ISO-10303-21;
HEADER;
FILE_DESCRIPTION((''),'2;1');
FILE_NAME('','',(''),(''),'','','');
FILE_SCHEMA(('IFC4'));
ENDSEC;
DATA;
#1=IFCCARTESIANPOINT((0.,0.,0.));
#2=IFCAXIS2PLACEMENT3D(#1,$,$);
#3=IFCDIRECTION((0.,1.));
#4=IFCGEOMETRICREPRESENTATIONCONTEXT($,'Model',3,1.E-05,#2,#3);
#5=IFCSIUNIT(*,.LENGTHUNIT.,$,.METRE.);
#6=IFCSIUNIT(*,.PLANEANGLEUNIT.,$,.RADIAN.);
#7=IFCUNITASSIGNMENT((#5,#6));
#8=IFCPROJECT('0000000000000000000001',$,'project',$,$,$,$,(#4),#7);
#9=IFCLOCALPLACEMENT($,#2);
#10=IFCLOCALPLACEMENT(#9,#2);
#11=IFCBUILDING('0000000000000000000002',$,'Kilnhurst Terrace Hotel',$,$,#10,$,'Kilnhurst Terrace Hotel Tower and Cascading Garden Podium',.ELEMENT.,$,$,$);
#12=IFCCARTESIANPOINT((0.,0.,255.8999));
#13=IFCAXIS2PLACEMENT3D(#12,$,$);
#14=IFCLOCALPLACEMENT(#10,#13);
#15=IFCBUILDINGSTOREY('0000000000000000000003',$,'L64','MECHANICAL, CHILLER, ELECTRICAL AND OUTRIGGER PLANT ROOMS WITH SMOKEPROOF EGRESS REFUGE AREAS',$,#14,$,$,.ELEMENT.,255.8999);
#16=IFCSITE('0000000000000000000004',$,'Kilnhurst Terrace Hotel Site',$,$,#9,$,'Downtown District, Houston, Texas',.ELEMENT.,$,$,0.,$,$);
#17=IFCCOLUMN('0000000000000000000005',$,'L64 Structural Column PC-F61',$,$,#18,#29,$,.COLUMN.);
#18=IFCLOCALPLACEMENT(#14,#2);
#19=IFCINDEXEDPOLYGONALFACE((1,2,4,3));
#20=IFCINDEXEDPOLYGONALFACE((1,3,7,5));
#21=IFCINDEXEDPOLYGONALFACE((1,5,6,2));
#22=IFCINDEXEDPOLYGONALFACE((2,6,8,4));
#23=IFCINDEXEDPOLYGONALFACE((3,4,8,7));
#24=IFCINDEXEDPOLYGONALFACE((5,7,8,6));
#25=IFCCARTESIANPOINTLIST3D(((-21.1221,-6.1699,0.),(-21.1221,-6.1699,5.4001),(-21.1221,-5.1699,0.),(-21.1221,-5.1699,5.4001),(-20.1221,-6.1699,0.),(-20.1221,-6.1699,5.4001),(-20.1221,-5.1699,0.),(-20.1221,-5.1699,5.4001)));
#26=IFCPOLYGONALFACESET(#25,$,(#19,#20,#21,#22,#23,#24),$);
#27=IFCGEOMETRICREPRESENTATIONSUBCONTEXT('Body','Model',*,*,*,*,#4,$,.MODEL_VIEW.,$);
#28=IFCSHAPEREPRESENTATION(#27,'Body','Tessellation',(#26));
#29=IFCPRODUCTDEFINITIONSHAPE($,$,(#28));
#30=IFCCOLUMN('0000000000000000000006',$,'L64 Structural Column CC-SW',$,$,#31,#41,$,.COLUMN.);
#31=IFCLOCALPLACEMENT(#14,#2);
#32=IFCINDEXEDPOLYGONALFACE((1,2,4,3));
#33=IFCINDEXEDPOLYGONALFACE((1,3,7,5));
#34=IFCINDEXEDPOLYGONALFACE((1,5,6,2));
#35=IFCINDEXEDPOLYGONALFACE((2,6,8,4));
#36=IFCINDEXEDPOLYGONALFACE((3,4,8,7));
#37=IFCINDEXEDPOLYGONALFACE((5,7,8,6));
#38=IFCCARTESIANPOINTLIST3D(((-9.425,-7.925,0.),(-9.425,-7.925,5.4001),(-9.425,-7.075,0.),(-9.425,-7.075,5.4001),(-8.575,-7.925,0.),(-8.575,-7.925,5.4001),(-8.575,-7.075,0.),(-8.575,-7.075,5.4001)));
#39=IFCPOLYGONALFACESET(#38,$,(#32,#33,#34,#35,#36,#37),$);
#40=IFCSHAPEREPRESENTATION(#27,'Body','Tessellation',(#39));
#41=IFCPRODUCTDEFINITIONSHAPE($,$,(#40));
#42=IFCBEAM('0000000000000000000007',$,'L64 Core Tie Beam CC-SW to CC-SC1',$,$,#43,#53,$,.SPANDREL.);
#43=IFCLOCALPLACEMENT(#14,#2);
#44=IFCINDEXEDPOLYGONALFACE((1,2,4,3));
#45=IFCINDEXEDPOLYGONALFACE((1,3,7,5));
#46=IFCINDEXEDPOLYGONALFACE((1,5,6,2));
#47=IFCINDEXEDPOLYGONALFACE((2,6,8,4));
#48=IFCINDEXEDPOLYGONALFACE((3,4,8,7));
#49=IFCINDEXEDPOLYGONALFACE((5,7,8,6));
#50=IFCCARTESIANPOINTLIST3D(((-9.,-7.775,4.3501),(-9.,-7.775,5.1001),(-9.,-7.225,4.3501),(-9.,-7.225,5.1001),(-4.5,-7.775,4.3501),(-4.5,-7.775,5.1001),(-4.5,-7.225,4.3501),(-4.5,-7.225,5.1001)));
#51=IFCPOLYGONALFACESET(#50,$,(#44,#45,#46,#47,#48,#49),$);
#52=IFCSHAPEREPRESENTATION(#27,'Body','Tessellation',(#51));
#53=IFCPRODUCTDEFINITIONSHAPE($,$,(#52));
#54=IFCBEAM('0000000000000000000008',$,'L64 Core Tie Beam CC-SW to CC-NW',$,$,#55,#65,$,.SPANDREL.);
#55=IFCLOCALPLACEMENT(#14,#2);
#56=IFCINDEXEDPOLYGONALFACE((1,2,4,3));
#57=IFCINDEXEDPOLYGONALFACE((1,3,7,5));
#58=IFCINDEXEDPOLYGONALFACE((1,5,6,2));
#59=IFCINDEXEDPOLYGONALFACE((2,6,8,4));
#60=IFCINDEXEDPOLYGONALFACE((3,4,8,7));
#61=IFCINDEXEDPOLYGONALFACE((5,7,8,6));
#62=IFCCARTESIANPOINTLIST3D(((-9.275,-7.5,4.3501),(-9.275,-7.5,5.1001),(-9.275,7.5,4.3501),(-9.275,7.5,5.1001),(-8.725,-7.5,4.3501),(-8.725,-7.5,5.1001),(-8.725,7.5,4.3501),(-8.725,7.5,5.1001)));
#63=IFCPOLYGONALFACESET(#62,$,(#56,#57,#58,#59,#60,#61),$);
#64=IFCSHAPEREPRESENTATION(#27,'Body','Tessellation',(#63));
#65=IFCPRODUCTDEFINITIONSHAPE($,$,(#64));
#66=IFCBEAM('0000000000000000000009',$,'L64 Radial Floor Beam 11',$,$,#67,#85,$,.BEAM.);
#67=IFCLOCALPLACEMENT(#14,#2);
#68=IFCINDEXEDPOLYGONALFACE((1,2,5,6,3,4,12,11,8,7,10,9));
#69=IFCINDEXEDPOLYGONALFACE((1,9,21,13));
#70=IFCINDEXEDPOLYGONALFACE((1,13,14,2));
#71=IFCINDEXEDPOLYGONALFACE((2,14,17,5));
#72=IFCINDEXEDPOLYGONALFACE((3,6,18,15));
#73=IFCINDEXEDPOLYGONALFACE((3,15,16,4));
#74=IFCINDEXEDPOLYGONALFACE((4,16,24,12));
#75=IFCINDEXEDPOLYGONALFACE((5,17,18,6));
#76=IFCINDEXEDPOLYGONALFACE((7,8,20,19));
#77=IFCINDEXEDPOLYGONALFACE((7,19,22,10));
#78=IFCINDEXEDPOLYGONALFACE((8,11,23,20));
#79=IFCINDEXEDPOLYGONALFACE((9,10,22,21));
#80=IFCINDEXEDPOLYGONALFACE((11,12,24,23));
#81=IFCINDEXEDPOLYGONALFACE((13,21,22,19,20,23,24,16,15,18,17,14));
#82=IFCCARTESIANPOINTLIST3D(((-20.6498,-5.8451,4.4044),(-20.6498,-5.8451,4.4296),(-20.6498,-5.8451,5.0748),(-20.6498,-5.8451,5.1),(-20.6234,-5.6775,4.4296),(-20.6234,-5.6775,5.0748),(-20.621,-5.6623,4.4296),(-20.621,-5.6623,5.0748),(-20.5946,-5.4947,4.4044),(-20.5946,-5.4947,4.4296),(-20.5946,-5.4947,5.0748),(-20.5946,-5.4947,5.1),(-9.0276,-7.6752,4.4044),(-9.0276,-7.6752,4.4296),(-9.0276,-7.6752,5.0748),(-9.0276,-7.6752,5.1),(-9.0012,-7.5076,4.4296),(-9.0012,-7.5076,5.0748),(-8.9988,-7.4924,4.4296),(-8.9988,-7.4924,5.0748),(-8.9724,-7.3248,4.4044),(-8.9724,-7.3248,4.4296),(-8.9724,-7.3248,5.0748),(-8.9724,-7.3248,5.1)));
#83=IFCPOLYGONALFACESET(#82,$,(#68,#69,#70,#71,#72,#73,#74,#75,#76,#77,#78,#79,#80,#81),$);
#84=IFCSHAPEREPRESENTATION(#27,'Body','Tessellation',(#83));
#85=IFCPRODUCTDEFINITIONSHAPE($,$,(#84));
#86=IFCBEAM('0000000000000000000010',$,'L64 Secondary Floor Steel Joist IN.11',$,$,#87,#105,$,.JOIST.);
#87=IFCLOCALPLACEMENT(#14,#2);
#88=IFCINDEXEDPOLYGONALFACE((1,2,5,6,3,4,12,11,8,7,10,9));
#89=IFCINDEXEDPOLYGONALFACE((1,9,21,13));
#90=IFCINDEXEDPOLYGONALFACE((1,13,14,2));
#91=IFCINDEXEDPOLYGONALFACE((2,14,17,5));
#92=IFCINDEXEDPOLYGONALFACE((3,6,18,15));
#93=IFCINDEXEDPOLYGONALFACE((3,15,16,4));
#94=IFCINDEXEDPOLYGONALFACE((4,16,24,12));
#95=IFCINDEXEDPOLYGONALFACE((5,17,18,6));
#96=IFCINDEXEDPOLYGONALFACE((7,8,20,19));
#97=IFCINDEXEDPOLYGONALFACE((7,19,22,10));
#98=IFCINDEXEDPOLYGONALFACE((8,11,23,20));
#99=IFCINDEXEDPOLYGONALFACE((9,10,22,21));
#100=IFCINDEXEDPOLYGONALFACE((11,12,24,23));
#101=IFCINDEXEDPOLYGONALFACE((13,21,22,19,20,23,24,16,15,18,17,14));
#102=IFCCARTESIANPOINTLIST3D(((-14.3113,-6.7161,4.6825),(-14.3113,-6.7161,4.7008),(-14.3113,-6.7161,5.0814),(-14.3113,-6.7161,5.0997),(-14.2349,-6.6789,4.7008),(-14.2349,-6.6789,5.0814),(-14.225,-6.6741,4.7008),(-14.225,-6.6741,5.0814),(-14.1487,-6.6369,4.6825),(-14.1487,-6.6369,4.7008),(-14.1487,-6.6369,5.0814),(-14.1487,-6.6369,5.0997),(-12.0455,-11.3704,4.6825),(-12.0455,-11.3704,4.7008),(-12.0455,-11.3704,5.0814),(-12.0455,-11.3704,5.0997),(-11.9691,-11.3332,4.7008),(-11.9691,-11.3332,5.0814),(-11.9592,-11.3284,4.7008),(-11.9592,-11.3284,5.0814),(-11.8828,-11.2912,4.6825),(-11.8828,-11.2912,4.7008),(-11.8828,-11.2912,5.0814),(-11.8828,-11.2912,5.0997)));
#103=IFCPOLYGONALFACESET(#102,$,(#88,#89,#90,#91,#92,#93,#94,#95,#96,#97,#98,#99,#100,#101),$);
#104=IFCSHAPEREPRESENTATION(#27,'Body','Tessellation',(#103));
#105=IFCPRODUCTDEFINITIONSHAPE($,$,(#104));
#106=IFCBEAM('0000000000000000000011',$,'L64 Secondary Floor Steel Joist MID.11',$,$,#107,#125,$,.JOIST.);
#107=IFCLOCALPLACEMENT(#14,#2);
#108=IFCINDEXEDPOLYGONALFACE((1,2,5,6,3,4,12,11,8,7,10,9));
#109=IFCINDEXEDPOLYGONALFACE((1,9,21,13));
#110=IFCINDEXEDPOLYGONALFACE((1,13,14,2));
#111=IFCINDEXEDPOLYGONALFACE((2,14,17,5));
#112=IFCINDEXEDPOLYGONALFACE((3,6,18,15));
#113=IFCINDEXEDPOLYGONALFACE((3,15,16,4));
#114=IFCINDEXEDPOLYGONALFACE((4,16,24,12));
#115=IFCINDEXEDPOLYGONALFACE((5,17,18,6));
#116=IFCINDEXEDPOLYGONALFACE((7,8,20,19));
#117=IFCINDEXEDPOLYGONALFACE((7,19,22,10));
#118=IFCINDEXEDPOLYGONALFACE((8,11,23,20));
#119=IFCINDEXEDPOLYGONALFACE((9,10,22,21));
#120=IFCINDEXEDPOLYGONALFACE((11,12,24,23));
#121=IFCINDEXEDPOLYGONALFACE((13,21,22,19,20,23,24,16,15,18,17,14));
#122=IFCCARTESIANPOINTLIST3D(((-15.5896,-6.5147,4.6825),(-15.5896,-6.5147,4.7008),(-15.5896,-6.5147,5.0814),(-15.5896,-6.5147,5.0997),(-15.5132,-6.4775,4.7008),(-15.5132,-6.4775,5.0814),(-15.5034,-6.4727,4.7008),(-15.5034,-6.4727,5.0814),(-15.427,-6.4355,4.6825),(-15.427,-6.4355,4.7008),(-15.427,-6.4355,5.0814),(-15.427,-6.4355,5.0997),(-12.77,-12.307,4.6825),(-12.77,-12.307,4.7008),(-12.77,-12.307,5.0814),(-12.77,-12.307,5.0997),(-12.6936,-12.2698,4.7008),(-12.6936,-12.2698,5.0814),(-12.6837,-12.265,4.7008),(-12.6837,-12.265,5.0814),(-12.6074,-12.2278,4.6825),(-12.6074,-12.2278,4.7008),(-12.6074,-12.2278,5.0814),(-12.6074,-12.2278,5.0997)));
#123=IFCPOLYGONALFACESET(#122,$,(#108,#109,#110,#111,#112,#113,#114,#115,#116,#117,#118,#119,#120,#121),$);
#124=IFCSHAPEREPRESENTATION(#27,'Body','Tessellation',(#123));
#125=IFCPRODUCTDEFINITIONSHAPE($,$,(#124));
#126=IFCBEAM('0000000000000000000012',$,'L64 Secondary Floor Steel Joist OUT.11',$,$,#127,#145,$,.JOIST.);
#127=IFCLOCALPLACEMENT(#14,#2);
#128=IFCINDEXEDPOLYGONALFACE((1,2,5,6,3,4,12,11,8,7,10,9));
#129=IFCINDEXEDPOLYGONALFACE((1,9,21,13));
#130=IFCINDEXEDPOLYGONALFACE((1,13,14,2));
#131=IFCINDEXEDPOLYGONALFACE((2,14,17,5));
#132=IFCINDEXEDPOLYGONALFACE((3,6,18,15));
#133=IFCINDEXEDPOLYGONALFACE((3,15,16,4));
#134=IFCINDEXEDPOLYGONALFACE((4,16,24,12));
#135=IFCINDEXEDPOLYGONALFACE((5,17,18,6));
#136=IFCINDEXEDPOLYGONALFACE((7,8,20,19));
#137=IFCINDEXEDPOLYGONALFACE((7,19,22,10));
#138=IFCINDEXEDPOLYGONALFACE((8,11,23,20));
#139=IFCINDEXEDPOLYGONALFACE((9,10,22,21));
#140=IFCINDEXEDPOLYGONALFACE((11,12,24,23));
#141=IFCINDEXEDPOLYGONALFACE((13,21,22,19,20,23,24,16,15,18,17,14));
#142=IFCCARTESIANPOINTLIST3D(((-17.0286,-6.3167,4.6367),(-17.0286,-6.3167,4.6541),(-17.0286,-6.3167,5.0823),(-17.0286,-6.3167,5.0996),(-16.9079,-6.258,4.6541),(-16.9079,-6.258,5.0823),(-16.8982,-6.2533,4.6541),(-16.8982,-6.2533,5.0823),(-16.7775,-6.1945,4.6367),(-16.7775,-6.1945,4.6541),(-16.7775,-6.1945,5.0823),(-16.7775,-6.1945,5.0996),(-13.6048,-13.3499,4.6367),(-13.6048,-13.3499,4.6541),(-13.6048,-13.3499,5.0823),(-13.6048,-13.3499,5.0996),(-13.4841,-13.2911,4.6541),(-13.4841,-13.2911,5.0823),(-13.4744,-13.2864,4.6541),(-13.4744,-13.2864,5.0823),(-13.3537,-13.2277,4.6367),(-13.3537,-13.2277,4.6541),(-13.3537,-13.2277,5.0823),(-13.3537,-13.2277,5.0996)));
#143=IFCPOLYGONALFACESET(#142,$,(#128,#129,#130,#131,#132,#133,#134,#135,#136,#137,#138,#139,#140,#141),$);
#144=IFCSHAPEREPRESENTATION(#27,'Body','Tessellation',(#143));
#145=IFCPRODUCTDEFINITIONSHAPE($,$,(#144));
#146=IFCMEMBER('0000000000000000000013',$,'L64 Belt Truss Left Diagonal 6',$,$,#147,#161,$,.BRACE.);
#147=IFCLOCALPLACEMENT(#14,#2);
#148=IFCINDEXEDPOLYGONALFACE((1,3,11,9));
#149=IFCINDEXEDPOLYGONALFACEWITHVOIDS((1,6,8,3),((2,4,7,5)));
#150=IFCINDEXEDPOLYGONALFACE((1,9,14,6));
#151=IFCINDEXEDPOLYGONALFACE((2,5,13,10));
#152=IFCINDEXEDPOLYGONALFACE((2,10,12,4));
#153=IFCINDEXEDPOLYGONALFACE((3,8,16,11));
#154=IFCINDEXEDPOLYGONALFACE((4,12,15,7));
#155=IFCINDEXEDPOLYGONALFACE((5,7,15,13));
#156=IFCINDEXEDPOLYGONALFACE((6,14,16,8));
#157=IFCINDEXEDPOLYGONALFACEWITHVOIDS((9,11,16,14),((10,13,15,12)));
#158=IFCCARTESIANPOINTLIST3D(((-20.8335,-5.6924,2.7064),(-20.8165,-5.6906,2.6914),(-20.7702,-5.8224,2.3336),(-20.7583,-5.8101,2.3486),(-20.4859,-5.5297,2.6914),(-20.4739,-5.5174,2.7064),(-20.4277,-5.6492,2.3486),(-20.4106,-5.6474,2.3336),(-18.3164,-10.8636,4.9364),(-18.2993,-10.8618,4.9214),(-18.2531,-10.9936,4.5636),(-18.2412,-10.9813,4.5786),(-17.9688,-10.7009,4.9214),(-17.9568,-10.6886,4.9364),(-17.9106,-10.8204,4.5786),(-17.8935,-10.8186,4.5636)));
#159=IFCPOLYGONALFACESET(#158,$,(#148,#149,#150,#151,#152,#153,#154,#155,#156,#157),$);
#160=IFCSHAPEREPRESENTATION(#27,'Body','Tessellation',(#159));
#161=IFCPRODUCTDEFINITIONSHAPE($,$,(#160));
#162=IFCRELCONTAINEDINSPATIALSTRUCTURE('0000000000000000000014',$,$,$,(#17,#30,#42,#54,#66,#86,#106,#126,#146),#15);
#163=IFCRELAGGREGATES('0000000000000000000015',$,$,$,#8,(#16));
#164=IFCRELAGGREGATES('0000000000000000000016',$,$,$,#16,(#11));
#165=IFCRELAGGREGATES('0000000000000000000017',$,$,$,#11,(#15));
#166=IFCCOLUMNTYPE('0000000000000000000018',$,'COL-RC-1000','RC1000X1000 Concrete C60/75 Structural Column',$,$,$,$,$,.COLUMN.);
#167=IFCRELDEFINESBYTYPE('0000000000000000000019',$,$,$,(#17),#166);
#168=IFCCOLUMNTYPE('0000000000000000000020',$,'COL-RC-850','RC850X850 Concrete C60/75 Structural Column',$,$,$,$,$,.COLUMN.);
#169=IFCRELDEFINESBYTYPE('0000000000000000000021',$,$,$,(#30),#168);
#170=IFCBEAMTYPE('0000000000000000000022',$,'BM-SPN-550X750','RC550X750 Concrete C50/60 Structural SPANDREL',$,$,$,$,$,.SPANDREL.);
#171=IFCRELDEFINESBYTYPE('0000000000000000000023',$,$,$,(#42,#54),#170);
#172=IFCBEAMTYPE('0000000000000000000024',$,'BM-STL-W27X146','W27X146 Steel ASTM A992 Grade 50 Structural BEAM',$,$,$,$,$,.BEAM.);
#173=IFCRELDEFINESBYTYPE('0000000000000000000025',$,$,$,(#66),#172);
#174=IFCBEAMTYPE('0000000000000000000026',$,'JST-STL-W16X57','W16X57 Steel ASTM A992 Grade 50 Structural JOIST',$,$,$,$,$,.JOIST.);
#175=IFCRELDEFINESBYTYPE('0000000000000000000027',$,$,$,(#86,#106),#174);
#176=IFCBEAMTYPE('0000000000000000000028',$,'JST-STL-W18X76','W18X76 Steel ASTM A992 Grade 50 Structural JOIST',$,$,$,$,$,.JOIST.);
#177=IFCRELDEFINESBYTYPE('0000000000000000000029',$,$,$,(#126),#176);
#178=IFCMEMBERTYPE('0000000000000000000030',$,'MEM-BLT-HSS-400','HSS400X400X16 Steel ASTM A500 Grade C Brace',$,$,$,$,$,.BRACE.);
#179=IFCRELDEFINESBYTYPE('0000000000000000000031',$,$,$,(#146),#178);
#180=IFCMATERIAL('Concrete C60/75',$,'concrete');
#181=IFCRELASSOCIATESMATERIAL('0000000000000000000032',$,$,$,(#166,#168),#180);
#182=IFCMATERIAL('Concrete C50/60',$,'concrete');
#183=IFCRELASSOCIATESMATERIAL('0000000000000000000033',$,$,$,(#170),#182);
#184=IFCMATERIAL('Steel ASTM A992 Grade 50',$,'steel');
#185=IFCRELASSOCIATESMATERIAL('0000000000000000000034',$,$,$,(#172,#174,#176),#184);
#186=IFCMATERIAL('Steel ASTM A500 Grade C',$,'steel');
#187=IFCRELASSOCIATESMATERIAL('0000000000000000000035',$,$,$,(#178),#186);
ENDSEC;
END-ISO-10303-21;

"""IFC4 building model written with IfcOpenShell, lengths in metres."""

from ifc_helpers import new_model, si_unit, direction, frame, origin, origin_2d, place, context, subcontext, project, spatial, rectangle, hollow_rectangle, i_section, extrude, material, material_profile, profile_set, type_object, element, save


model = new_model("IFC4")

# Units and contexts
model_context = context("Model", 3, precision=1e-05, world=origin(), true_north=direction((0.0, 1.0)))
body_context = subcontext(model_context, "Body", "Model", "MODEL_VIEW")
ifc_project = project(units=[si_unit("LENGTHUNIT", "METRE"), si_unit("PLANEANGLEUNIT", "RADIAN")], contexts=[model_context])

# Site, building, storey
site_placement = place(None, origin())
site = spatial("IfcSite", under=ifc_project, at=site_placement, Name="Kilnhurst Terrace Hotel Site", LongName="Downtown District, Houston, Texas", CompositionType="ELEMENT", RefElevation=0.0)
building_placement = place(site_placement, origin())
building = spatial("IfcBuilding", under=site, at=building_placement, Name="Kilnhurst Terrace Hotel", LongName="Kilnhurst Terrace Hotel Tower and Cascading Garden Podium", CompositionType="ELEMENT")
storey_placement = place(building_placement, frame((0.0, 0.0, 255.8999)))
storey = spatial("IfcBuildingStorey", under=building, at=storey_placement, Name="L64", Description="MECHANICAL, CHILLER, ELECTRICAL AND OUTRIGGER PLANT ROOMS WITH SMOKEPROOF EGRESS REFUGE AREAS", CompositionType="ELEMENT", Elevation=255.8999)

# Columns
ifc_material_1 = material(Name="Concrete C60/75", Category="concrete")
ifc_material_profile_1 = material_profile(ifc_material_1, rectangle(XDim=1.0, YDim=1.0, at=origin_2d()), Name="RC1000X1000")
ifc_profile_set_1 = profile_set([ifc_material_profile_1], Name="Concrete C60/75")
column_type_1 = type_object("IfcColumnType", Name="COL-RC-1000", Description="RC1000X1000 Concrete C60/75 Structural Column", PredefinedType="COLUMN", material=ifc_profile_set_1)
column_1_placement = place(storey_placement, frame((-20.6221, -5.6699, 0.0), z_axis=(0.0, 0.0, 1.0), x_axis=(1.0, 0.0, 0.0)))
element("IfcColumn", 1, at=column_1_placement, inside=storey, type_object=column_type_1, Name="L64 Structural Column PC-F61", PredefinedType="COLUMN", context=body_context, shape_type="SweptSolid", body=[
    extrude(rectangle(XDim=1.0, YDim=1.0, at=origin_2d()), origin(), (0.0, 0.0, 1.0), 5.4001),
])
ifc_material_profile_2 = material_profile(ifc_material_1, rectangle(XDim=0.8501, YDim=0.8501, at=origin_2d()), Name="RC850X850")
ifc_profile_set_2 = profile_set([ifc_material_profile_2], Name="Concrete C60/75")
column_type_2 = type_object("IfcColumnType", Name="COL-RC-850", Description="RC850X850 Concrete C60/75 Structural Column", PredefinedType="COLUMN", material=ifc_profile_set_2)
column_2_placement = place(storey_placement, frame((-9.0, -7.5, 0.0), z_axis=(0.0, 0.0, 1.0), x_axis=(1.0, 0.0, 0.0)))
element("IfcColumn", 2, at=column_2_placement, inside=storey, type_object=column_type_2, Name="L64 Structural Column CC-SW", PredefinedType="COLUMN", context=body_context, shape_type="SweptSolid", body=[
    extrude(rectangle(XDim=0.8501, YDim=0.8501, at=origin_2d()), origin(), (0.0, 0.0, 1.0), 5.4001),
])

# Beams
ifc_material_2 = material(Name="Concrete C50/60", Category="concrete")
ifc_material_profile_3 = material_profile(ifc_material_2, rectangle(XDim=0.55, YDim=0.75, at=origin_2d()), Name="RC550X750")
ifc_profile_set_3 = profile_set([ifc_material_profile_3], Name="Concrete C50/60")
beam_type_1 = type_object("IfcBeamType", Name="BM-SPN-550X750", Description="RC550X750 Concrete C50/60 Structural SPANDREL", PredefinedType="SPANDREL", material=ifc_profile_set_3)
beam_1_placement = place(storey_placement, frame((-9.0, -7.5, 4.7251), z_axis=(1.0, 0.0, 0.0), x_axis=(0.0, 1.0, 0.0)))
element("IfcBeam", 3, at=beam_1_placement, inside=storey, type_object=beam_type_1, Name="L64 Core Tie Beam CC-SW to CC-SC1", PredefinedType="SPANDREL", context=body_context, shape_type="SweptSolid", body=[
    extrude(rectangle(XDim=0.55, YDim=0.75, at=origin_2d()), origin(), (0.0, 0.0, 1.0), 4.5),
])
beam_2_placement = place(storey_placement, frame((-9.0, -7.5, 4.7251), z_axis=(0.0, 1.0, 0.0), x_axis=(-1.0, 0.0, 0.0)))
element("IfcBeam", 4, at=beam_2_placement, inside=storey, type_object=beam_type_1, Name="L64 Core Tie Beam CC-SW to CC-NW", PredefinedType="SPANDREL", context=body_context, shape_type="SweptSolid", body=[
    extrude(rectangle(XDim=0.55, YDim=0.75, at=origin_2d()), origin(), (0.0, 0.0, 1.0), 15.0),
])
ifc_material_3 = material(Name="Steel ASTM A992 Grade 50", Category="steel")
ifc_material_profile_4 = material_profile(ifc_material_3, i_section(OverallWidth=0.3547, OverallDepth=0.6956, WebThickness=0.0154, FlangeThickness=0.0251, at=origin_2d()), Name="W27X146")
ifc_profile_set_4 = profile_set([ifc_material_profile_4], Name="Steel ASTM A992 Grade 50")
beam_type_2 = type_object("IfcBeamType", Name="BM-STL-W27X146", Description="W27X146 Steel ASTM A992 Grade 50 Structural BEAM", PredefinedType="BEAM", material=ifc_profile_set_4)
beam_3_placement = place(storey_placement, frame((-9.0, -7.5, 4.7522), z_axis=(-0.987828, 0.155549, 0.0), x_axis=(-0.155549, -0.987828, 0.0)))
element("IfcBeam", 5, at=beam_3_placement, inside=storey, type_object=beam_type_2, Name="L64 Radial Floor Beam 11", PredefinedType="BEAM", context=body_context, shape_type="SweptSolid", body=[
    extrude(i_section(OverallWidth=0.3547, OverallDepth=0.6956, WebThickness=0.0154, FlangeThickness=0.0251, at=origin_2d()), origin(), (0.0, 0.0, 1.0), 11.7654),
])
ifc_material_profile_5 = material_profile(ifc_material_3, i_section(OverallWidth=0.1809, OverallDepth=0.4172, WebThickness=0.011, FlangeThickness=0.0183, at=origin_2d()), Name="W16X57")
ifc_profile_set_5 = profile_set([ifc_material_profile_5], Name="Steel ASTM A992 Grade 50")
beam_type_3 = type_object("IfcBeamType", Name="JST-STL-W16X57", Description="W16X57 Steel ASTM A992 Grade 50 Structural JOIST", PredefinedType="JOIST", material=ifc_profile_set_5)
beam_4_placement = place(storey_placement, frame((-14.23, -6.6765, 4.8911), z_axis=(0.437718, -0.899112, 0.0), x_axis=(0.899112, 0.437718, 0.0)))
element("IfcBeam", 6, at=beam_4_placement, inside=storey, type_object=beam_type_3, Name="L64 Secondary Floor Steel Joist IN.11", PredefinedType="JOIST", context=body_context, shape_type="SweptSolid", body=[
    extrude(i_section(OverallWidth=0.1809, OverallDepth=0.4172, WebThickness=0.011, FlangeThickness=0.0183, at=origin_2d()), origin(), (0.0, 0.0, 1.0), 5.1765),
])
beam_5_placement = place(storey_placement, frame((-15.5083, -6.4751, 4.8911), z_axis=(0.437684, -0.899129, 0.0), x_axis=(0.899129, 0.437684, 0.0)))
element("IfcBeam", 7, at=beam_5_placement, inside=storey, type_object=beam_type_3, Name="L64 Secondary Floor Steel Joist MID.11", PredefinedType="JOIST", context=body_context, shape_type="SweptSolid", body=[
    extrude(i_section(OverallWidth=0.1809, OverallDepth=0.4172, WebThickness=0.011, FlangeThickness=0.0183, at=origin_2d()), origin(), (0.0, 0.0, 1.0), 6.4421),
])
ifc_material_profile_6 = material_profile(ifc_material_3, i_section(OverallWidth=0.2793, OverallDepth=0.4629, WebThickness=0.0107, FlangeThickness=0.0173, at=origin_2d()), Name="W18X76")
ifc_profile_set_6 = profile_set([ifc_material_profile_6], Name="Steel ASTM A992 Grade 50")
beam_type_4 = type_object("IfcBeamType", Name="JST-STL-W18X76", Description="W18X76 Steel ASTM A992 Grade 50 Structural JOIST", PredefinedType="JOIST", material=ifc_profile_set_6)
beam_6_placement = place(storey_placement, frame((-16.9031, -6.2556, 4.8682), z_axis=(0.4377, -0.899121, 0.0), x_axis=(0.899121, 0.4377, 0.0)))
element("IfcBeam", 8, at=beam_6_placement, inside=storey, type_object=beam_type_4, Name="L64 Secondary Floor Steel Joist OUT.11", PredefinedType="JOIST", context=body_context, shape_type="SweptSolid", body=[
    extrude(i_section(OverallWidth=0.2793, OverallDepth=0.4629, WebThickness=0.0107, FlangeThickness=0.0173, at=origin_2d()), origin(), (0.0, 0.0, 1.0), 7.8223),
])

# Member
ifc_material_4 = material(Name="Steel ASTM A500 Grade C", Category="steel")
ifc_material_profile_7 = material_profile(ifc_material_4, hollow_rectangle(XDim=0.3999, YDim=0.3999, WallThickness=0.0161, at=origin_2d()), Name="HSS400X400X16")
ifc_profile_set_7 = profile_set([ifc_material_profile_7], Name="Steel ASTM A500 Grade C")
member_type_1 = type_object("IfcMemberType", Name="MEM-BLT-HSS-400", Description="HSS400X400X16 Steel ASTM A500 Grade C Brace", PredefinedType="BRACE", material=ifc_profile_set_7)
member_1_placement = place(storey_placement, frame((-20.6221, -5.6699, 2.52), z_axis=(0.408061, -0.838327, 0.361516), x_axis=(0.899139, 0.437662, 0.0)))
element("IfcMember", 9, at=member_1_placement, inside=storey, type_object=member_type_1, Name="L64 Belt Truss Left Diagonal 6", PredefinedType="BRACE", context=body_context, shape_type="SweptSolid", body=[
    extrude(hollow_rectangle(XDim=0.3999, YDim=0.3999, WallThickness=0.0161, at=origin_2d()), origin(), (0.0, 0.0, 1.0), 6.1685),
])

save(model, "model.ifc")
